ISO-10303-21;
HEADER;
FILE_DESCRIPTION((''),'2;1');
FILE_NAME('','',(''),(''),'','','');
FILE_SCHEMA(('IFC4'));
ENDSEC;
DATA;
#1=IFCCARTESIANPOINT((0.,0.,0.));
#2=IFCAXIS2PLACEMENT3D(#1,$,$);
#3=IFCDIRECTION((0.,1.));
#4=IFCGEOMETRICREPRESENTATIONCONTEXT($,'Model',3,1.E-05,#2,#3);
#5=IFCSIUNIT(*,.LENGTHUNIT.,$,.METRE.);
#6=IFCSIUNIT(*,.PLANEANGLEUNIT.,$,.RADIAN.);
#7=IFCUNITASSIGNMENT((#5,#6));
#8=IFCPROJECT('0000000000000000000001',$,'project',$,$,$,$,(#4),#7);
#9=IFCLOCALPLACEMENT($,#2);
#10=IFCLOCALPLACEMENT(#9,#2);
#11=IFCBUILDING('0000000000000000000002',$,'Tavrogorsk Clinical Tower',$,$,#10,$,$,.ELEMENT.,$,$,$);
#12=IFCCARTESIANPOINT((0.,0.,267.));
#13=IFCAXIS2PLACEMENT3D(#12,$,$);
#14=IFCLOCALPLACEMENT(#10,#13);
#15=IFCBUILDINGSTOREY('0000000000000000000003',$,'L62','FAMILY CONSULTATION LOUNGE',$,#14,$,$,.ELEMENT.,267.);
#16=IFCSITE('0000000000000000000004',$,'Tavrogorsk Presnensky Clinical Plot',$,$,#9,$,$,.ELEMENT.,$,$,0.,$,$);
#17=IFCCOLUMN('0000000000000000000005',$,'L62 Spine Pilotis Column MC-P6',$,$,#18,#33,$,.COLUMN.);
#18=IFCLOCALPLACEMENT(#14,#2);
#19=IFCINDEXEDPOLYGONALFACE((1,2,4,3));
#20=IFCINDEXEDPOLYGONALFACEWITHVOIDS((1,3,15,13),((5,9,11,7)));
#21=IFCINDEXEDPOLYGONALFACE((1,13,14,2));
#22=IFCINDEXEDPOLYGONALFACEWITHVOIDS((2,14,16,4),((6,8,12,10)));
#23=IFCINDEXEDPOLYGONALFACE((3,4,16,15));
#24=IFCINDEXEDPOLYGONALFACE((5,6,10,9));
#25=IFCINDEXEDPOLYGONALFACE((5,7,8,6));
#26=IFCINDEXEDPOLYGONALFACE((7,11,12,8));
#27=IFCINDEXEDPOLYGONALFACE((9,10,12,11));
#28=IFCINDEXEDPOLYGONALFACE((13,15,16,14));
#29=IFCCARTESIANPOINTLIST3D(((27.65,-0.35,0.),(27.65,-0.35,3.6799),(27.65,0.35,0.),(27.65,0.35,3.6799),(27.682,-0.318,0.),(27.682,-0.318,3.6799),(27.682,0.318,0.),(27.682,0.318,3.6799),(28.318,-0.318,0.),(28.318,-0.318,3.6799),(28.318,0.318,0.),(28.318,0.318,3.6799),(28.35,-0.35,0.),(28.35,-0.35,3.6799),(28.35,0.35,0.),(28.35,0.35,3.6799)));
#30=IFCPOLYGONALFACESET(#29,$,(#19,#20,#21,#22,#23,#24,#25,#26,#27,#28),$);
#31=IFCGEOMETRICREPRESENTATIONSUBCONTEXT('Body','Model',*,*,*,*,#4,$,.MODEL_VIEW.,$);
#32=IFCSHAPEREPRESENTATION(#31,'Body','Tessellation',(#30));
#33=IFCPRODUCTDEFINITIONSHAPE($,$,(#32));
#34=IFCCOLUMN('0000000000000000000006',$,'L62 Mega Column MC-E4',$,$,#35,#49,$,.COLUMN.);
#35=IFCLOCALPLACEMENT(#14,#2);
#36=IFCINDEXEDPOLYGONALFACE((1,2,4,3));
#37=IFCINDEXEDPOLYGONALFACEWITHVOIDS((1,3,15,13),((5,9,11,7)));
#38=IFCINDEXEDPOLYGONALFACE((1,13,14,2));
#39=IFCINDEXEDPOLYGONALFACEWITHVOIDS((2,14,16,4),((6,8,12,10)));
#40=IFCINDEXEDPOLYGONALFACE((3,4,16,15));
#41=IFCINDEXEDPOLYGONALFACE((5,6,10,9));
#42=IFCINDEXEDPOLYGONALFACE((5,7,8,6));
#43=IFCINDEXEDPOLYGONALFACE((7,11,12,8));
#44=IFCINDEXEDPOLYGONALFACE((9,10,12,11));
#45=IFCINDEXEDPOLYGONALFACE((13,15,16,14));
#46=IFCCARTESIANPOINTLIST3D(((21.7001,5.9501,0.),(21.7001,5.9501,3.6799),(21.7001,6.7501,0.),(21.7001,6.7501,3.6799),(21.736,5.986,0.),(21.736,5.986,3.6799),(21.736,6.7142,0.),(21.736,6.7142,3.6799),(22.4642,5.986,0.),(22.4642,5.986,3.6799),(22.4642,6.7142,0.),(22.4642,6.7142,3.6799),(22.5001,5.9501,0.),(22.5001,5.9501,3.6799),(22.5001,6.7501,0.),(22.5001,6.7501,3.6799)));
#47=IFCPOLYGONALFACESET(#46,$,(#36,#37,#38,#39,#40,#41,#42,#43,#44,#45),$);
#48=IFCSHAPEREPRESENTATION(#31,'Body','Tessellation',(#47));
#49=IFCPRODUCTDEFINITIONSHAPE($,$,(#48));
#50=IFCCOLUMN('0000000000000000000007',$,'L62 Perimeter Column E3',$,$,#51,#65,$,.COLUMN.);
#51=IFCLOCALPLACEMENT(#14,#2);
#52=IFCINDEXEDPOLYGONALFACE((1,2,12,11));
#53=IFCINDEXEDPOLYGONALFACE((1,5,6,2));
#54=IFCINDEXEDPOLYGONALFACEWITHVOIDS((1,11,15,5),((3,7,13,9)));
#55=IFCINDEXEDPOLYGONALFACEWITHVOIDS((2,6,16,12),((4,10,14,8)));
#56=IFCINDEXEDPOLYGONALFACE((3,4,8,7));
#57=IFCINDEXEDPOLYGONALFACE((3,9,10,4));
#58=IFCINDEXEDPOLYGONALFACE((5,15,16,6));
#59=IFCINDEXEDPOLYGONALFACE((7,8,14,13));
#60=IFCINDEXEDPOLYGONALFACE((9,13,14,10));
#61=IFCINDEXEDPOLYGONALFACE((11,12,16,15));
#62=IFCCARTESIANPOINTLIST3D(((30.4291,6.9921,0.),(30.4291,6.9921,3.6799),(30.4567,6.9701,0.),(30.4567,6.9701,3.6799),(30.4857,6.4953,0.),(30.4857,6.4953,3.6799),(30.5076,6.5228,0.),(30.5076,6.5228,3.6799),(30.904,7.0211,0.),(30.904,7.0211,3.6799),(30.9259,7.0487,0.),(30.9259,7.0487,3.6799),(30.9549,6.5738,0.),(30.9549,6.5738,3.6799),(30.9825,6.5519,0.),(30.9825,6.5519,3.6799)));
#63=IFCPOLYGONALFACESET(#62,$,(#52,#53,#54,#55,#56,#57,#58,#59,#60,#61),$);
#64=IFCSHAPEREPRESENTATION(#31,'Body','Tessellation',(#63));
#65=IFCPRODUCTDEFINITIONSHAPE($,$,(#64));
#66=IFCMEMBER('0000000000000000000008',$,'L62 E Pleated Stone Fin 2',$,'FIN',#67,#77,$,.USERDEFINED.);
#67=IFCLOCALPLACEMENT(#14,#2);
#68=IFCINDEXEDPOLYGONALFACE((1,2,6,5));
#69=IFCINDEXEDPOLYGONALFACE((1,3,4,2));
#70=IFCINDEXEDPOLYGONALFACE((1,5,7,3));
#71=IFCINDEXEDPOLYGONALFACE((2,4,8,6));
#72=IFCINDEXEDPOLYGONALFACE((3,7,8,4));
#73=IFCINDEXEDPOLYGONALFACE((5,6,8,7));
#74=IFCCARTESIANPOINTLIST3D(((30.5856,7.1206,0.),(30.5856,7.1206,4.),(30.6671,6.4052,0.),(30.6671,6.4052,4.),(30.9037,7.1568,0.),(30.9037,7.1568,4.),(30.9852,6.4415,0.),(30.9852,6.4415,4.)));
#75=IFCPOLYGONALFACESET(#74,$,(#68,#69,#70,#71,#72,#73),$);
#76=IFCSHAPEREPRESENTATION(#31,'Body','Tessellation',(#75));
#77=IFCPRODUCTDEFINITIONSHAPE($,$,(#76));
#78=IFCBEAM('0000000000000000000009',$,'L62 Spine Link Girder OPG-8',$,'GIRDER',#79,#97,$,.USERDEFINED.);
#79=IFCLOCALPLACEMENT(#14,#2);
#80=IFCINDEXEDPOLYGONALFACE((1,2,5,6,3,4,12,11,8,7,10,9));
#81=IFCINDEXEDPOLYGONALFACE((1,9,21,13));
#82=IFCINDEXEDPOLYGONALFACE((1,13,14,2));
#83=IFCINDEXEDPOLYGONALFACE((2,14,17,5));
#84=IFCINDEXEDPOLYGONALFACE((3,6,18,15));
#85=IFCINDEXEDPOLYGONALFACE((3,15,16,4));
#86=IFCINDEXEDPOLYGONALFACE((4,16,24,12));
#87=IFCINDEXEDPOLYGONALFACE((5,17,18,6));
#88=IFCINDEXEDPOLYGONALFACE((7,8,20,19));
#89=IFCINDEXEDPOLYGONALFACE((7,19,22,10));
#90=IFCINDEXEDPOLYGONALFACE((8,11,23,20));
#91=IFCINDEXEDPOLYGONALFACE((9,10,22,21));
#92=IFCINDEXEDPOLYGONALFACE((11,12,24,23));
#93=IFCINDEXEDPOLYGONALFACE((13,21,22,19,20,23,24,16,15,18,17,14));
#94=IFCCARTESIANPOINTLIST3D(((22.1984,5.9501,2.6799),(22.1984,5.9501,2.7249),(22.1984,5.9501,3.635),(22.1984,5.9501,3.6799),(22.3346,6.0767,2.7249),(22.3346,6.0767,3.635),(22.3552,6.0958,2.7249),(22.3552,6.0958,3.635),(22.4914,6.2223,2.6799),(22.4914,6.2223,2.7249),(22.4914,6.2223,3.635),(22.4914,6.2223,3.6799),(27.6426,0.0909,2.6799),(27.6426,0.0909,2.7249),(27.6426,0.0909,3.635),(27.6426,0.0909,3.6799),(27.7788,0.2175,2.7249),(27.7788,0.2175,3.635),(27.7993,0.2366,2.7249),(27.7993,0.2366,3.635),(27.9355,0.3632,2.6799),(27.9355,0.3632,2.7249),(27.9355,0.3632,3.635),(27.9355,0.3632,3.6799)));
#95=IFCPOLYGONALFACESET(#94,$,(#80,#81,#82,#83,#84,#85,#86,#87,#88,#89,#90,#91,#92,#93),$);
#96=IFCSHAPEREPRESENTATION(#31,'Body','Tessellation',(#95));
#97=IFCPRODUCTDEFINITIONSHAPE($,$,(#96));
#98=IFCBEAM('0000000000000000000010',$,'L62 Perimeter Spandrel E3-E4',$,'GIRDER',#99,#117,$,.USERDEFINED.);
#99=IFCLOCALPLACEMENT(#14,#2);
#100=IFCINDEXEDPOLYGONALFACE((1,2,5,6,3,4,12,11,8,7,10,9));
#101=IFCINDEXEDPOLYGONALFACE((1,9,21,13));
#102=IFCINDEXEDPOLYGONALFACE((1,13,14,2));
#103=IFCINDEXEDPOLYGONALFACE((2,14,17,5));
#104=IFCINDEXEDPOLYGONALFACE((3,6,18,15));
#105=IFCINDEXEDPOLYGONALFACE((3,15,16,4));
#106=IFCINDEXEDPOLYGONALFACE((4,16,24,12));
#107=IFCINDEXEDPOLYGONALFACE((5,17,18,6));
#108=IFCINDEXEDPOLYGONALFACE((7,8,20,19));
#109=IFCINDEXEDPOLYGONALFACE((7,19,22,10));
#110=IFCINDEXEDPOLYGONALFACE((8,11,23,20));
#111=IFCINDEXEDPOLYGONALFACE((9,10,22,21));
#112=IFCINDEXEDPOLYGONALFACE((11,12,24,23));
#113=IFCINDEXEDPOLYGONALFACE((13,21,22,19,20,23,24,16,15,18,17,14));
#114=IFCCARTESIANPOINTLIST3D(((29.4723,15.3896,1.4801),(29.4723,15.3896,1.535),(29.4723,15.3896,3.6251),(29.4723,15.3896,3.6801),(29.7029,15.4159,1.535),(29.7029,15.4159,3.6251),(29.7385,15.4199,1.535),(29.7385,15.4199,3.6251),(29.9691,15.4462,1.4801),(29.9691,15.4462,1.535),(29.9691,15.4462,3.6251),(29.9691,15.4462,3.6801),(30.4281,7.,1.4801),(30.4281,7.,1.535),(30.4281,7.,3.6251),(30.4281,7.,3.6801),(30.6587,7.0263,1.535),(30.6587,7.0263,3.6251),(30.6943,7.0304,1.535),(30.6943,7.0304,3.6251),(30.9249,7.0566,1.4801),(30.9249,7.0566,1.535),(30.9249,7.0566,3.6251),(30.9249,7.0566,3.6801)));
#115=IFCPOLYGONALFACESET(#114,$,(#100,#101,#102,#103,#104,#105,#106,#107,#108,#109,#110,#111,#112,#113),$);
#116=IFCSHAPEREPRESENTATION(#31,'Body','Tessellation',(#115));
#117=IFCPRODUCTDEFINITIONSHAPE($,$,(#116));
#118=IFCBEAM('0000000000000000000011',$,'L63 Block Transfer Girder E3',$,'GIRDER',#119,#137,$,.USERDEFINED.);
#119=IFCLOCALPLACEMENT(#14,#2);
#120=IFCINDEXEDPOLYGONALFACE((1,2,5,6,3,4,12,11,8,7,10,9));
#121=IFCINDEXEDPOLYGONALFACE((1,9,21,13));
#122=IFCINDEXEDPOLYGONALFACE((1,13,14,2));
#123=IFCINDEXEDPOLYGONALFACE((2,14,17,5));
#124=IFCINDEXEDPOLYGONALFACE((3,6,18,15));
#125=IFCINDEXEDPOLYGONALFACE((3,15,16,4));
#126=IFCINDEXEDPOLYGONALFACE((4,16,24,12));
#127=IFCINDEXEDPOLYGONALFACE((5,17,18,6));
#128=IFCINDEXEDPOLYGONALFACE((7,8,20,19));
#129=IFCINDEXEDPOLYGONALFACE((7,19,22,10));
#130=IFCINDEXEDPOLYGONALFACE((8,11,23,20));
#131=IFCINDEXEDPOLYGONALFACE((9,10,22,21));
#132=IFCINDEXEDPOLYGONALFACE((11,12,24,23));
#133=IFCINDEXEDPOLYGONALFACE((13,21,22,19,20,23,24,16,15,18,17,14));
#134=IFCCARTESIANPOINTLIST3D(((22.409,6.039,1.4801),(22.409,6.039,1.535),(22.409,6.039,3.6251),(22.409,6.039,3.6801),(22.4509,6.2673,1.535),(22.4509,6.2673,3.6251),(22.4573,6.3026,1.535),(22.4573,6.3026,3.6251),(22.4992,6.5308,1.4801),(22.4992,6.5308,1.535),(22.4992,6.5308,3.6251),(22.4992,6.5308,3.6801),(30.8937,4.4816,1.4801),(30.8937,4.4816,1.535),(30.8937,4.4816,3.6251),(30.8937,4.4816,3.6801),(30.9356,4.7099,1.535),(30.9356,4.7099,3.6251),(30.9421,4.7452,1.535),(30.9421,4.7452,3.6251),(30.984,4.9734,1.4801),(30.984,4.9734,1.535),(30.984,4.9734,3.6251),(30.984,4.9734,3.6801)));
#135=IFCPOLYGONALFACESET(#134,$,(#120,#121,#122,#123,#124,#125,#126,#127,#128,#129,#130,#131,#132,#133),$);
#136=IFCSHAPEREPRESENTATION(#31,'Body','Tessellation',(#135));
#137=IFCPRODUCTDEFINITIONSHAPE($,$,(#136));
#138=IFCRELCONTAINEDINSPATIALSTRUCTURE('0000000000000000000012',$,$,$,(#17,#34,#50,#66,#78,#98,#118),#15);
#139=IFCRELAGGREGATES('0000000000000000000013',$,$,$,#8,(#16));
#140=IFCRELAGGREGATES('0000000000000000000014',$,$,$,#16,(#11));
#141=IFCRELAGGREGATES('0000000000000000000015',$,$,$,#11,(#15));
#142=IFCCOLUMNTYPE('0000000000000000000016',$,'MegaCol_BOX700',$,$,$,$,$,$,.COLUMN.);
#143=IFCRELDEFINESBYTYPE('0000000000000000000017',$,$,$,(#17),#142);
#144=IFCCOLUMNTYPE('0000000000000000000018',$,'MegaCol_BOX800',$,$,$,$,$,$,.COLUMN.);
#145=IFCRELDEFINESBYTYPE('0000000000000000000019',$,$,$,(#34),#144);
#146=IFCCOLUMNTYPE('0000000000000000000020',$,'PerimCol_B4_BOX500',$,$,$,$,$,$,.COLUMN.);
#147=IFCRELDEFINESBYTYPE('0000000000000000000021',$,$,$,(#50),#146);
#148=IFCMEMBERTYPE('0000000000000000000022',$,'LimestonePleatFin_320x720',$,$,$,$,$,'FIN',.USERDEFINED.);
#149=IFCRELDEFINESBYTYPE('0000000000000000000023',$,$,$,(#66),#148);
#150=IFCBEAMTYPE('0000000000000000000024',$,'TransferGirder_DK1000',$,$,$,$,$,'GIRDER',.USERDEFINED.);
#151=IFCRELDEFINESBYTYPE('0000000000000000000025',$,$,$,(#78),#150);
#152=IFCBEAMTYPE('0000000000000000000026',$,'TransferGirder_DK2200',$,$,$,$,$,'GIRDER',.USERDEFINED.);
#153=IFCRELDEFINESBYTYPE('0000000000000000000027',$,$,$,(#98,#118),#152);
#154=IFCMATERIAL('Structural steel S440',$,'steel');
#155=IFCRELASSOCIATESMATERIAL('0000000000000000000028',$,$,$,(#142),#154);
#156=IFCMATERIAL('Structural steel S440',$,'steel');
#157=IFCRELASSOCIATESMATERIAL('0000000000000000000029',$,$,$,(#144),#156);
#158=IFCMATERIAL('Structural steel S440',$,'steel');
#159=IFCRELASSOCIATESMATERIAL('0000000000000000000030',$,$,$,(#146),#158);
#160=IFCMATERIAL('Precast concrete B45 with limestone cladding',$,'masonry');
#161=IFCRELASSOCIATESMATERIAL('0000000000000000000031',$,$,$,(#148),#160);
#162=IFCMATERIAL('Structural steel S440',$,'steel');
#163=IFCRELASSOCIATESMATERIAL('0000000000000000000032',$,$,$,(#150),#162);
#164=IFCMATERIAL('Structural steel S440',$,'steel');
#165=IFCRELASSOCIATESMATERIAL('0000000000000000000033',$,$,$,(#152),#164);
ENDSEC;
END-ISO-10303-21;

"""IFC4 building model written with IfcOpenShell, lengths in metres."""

from ifc_helpers import new_model, si_unit, direction, frame, origin, origin_2d, place, context, subcontext, project, spatial, rectangle, hollow_rectangle, i_section, extrude, material, material_profile, profile_set, type_object, element, save


model = new_model("IFC4")

# Units and contexts
model_context = context("Model", 3, precision=1e-05, world=origin(), true_north=direction((0.0, 1.0)))
body_context = subcontext(model_context, "Body", "Model", "MODEL_VIEW")
ifc_project = project(units=[si_unit("LENGTHUNIT", "METRE"), si_unit("PLANEANGLEUNIT", "RADIAN")], contexts=[model_context])

# Site, building, storey
site_placement = place(None, origin())
site = spatial("IfcSite", under=ifc_project, at=site_placement, Name="Tavrogorsk Presnensky Clinical Plot", CompositionType="ELEMENT", RefElevation=0.0)
building_placement = place(site_placement, origin())
building = spatial("IfcBuilding", under=site, at=building_placement, Name="Tavrogorsk Clinical Tower", CompositionType="ELEMENT")
storey_placement = place(building_placement, frame((0.0, 0.0, 267.0)))
storey = spatial("IfcBuildingStorey", under=building, at=storey_placement, Name="L62", Description="FAMILY CONSULTATION LOUNGE", CompositionType="ELEMENT", Elevation=267.0)

# Columns
ifc_material_1 = material(Name="Structural steel S440", Category="steel")
ifc_material_profile_1 = material_profile(ifc_material_1, hollow_rectangle(XDim=0.7, YDim=0.7, WallThickness=0.032, at=origin_2d()), Name="BOX-700x700x32")
ifc_profile_set_1 = profile_set([ifc_material_profile_1], Name="Structural steel S440")
column_type_1 = type_object("IfcColumnType", Name="MegaCol_BOX700", PredefinedType="COLUMN", material=ifc_profile_set_1)
column_1_placement = place(storey_placement, frame((28.0, 0.0, 0.0), z_axis=(0.0, 0.0, 1.0), x_axis=(1.0, 0.0, 0.0)))
element("IfcColumn", 1, at=column_1_placement, inside=storey, type_object=column_type_1, Name="L62 Spine Pilotis Column MC-P6", PredefinedType="COLUMN", context=body_context, shape_type="SweptSolid", body=[
    extrude(hollow_rectangle(XDim=0.7, YDim=0.7, WallThickness=0.032, at=origin_2d()), origin(), (0.0, 0.0, 1.0), 3.6799),
])
ifc_material_2 = material(Name="Structural steel S440", Category="steel")
ifc_material_profile_2 = material_profile(ifc_material_2, hollow_rectangle(XDim=0.8, YDim=0.8, WallThickness=0.0359, at=origin_2d()), Name="BOX-800x800x36")
ifc_profile_set_2 = profile_set([ifc_material_profile_2], Name="Structural steel S440")
column_type_2 = type_object("IfcColumnType", Name="MegaCol_BOX800", PredefinedType="COLUMN", material=ifc_profile_set_2)
column_2_placement = place(storey_placement, frame((22.1001, 6.3501, 0.0), z_axis=(0.0, 0.0, 1.0), x_axis=(1.0, 0.0, 0.0)))
element("IfcColumn", 2, at=column_2_placement, inside=storey, type_object=column_type_2, Name="L62 Mega Column MC-E4", PredefinedType="COLUMN", context=body_context, shape_type="SweptSolid", body=[
    extrude(hollow_rectangle(XDim=0.8, YDim=0.8, WallThickness=0.0359, at=origin_2d()), origin(), (0.0, 0.0, 1.0), 3.6799),
])
ifc_material_3 = material(Name="Structural steel S440", Category="steel")
ifc_material_profile_3 = material_profile(ifc_material_3, hollow_rectangle(XDim=0.5, YDim=0.5, WallThickness=0.0249, at=origin_2d()), Name="BOX-500x500x25")
ifc_profile_set_3 = profile_set([ifc_material_profile_3], Name="Structural steel S440")
column_type_3 = type_object("IfcColumnType", Name="PerimCol_B4_BOX500", PredefinedType="COLUMN", material=ifc_profile_set_3)
column_3_placement = place(storey_placement, frame((30.7058, 6.772, 0.0), z_axis=(0.0, 0.0, 1.0), x_axis=(0.993572, 0.113203, 0.0)))
element("IfcColumn", 3, at=column_3_placement, inside=storey, type_object=column_type_3, Name="L62 Perimeter Column E3", PredefinedType="COLUMN", context=body_context, shape_type="SweptSolid", body=[
    extrude(hollow_rectangle(XDim=0.5, YDim=0.5, WallThickness=0.0249, at=origin_2d()), origin(), (0.0, 0.0, 1.0), 3.6799),
])

# Member
ifc_material_4 = material(Name="Precast concrete B45 with limestone cladding", Category="masonry")
ifc_material_profile_4 = material_profile(ifc_material_4, rectangle(XDim=0.3201, YDim=0.72, at=origin_2d()), Name="LIMESTONE-FIN-320x720")
ifc_profile_set_4 = profile_set([ifc_material_profile_4], Name="Precast concrete B45 with limestone cladding")
member_type = type_object("IfcMemberType", Name="LimestonePleatFin_320x720", ElementType="FIN", PredefinedType="USERDEFINED", material=ifc_profile_set_4)
member_placement = place(storey_placement, frame((30.7854, 6.781, 0.0), z_axis=(0.0, 0.0, 1.0), x_axis=(0.993572, 0.113203, 0.0)))
element("IfcMember", 4, at=member_placement, inside=storey, type_object=member_type, Name="L62 E Pleated Stone Fin 2", ObjectType="FIN", PredefinedType="USERDEFINED", context=body_context, shape_type="SweptSolid", body=[
    extrude(rectangle(XDim=0.3201, YDim=0.72, at=origin_2d()), origin(), (0.0, 0.0, 1.0), 4.0),
])

# Beams
ifc_material_5 = material(Name="Structural steel S440", Category="steel")
ifc_material_profile_5 = material_profile(ifc_material_5, i_section(OverallWidth=0.3999, OverallDepth=1.0, WebThickness=0.0281, FlangeThickness=0.0449, at=origin_2d()), Name="DK-1000x400x28x45")
ifc_profile_set_5 = profile_set([ifc_material_profile_5], Name="Structural steel S440")
beam_type_1 = type_object("IfcBeamType", Name="TransferGirder_DK1000", ElementType="GIRDER", PredefinedType="USERDEFINED", material=ifc_profile_set_5)
beam_1_placement = place(storey_placement, frame((27.7891, 0.2271, 3.1799), z_axis=(-0.680684, 0.732577, 0.0), x_axis=(-0.732577, -0.680684, 0.0)))
element("IfcBeam", 5, at=beam_1_placement, inside=storey, type_object=beam_type_1, Name="L62 Spine Link Girder OPG-8", ObjectType="GIRDER", PredefinedType="USERDEFINED", context=body_context, shape_type="SweptSolid", body=[
    extrude(i_section(OverallWidth=0.3999, OverallDepth=1.0, WebThickness=0.0281, FlangeThickness=0.0449, at=origin_2d()), origin(), (0.0, 0.0, 1.0), 7.998),
])
ifc_material_6 = material(Name="Structural steel S440", Category="steel")
ifc_material_profile_6 = material_profile(ifc_material_6, i_section(OverallWidth=0.5, OverallDepth=2.2, WebThickness=0.0359, FlangeThickness=0.0549, at=origin_2d()), Name="DK-2200x500x36x55")
ifc_profile_set_6 = profile_set([ifc_material_profile_6], Name="Structural steel S440")
beam_type_2 = type_object("IfcBeamType", Name="TransferGirder_DK2200", ElementType="GIRDER", PredefinedType="USERDEFINED", material=ifc_profile_set_6)
beam_2_placement = place(storey_placement, frame((30.6765, 7.0283, 2.5801), z_axis=(-0.113195, 0.993573, 0.0), x_axis=(-0.993573, -0.113195, 0.0)))
element("IfcBeam", 6, at=beam_2_placement, inside=storey, type_object=beam_type_2, Name="L62 Perimeter Spandrel E3-E4", ObjectType="GIRDER", PredefinedType="USERDEFINED", context=body_context, shape_type="SweptSolid", body=[
    extrude(i_section(OverallWidth=0.5, OverallDepth=2.2, WebThickness=0.0359, FlangeThickness=0.0549, at=origin_2d()), origin(), (0.0, 0.0, 1.0), 8.4438),
])
beam_3_placement = place(storey_placement, frame((22.4541, 6.2849, 2.5801), z_axis=(0.983568, -0.180536, 0.0), x_axis=(0.180536, 0.983568, 0.0)))
element("IfcBeam", 7, at=beam_3_placement, inside=storey, type_object=beam_type_2, Name="L63 Block Transfer Girder E3", ObjectType="GIRDER", PredefinedType="USERDEFINED", context=body_context, shape_type="SweptSolid", body=[
    extrude(i_section(OverallWidth=0.5, OverallDepth=2.2, WebThickness=0.0359, FlangeThickness=0.0549, at=origin_2d()), origin(), (0.0, 0.0, 1.0), 8.6265),
])

save(model, "model.ifc")
